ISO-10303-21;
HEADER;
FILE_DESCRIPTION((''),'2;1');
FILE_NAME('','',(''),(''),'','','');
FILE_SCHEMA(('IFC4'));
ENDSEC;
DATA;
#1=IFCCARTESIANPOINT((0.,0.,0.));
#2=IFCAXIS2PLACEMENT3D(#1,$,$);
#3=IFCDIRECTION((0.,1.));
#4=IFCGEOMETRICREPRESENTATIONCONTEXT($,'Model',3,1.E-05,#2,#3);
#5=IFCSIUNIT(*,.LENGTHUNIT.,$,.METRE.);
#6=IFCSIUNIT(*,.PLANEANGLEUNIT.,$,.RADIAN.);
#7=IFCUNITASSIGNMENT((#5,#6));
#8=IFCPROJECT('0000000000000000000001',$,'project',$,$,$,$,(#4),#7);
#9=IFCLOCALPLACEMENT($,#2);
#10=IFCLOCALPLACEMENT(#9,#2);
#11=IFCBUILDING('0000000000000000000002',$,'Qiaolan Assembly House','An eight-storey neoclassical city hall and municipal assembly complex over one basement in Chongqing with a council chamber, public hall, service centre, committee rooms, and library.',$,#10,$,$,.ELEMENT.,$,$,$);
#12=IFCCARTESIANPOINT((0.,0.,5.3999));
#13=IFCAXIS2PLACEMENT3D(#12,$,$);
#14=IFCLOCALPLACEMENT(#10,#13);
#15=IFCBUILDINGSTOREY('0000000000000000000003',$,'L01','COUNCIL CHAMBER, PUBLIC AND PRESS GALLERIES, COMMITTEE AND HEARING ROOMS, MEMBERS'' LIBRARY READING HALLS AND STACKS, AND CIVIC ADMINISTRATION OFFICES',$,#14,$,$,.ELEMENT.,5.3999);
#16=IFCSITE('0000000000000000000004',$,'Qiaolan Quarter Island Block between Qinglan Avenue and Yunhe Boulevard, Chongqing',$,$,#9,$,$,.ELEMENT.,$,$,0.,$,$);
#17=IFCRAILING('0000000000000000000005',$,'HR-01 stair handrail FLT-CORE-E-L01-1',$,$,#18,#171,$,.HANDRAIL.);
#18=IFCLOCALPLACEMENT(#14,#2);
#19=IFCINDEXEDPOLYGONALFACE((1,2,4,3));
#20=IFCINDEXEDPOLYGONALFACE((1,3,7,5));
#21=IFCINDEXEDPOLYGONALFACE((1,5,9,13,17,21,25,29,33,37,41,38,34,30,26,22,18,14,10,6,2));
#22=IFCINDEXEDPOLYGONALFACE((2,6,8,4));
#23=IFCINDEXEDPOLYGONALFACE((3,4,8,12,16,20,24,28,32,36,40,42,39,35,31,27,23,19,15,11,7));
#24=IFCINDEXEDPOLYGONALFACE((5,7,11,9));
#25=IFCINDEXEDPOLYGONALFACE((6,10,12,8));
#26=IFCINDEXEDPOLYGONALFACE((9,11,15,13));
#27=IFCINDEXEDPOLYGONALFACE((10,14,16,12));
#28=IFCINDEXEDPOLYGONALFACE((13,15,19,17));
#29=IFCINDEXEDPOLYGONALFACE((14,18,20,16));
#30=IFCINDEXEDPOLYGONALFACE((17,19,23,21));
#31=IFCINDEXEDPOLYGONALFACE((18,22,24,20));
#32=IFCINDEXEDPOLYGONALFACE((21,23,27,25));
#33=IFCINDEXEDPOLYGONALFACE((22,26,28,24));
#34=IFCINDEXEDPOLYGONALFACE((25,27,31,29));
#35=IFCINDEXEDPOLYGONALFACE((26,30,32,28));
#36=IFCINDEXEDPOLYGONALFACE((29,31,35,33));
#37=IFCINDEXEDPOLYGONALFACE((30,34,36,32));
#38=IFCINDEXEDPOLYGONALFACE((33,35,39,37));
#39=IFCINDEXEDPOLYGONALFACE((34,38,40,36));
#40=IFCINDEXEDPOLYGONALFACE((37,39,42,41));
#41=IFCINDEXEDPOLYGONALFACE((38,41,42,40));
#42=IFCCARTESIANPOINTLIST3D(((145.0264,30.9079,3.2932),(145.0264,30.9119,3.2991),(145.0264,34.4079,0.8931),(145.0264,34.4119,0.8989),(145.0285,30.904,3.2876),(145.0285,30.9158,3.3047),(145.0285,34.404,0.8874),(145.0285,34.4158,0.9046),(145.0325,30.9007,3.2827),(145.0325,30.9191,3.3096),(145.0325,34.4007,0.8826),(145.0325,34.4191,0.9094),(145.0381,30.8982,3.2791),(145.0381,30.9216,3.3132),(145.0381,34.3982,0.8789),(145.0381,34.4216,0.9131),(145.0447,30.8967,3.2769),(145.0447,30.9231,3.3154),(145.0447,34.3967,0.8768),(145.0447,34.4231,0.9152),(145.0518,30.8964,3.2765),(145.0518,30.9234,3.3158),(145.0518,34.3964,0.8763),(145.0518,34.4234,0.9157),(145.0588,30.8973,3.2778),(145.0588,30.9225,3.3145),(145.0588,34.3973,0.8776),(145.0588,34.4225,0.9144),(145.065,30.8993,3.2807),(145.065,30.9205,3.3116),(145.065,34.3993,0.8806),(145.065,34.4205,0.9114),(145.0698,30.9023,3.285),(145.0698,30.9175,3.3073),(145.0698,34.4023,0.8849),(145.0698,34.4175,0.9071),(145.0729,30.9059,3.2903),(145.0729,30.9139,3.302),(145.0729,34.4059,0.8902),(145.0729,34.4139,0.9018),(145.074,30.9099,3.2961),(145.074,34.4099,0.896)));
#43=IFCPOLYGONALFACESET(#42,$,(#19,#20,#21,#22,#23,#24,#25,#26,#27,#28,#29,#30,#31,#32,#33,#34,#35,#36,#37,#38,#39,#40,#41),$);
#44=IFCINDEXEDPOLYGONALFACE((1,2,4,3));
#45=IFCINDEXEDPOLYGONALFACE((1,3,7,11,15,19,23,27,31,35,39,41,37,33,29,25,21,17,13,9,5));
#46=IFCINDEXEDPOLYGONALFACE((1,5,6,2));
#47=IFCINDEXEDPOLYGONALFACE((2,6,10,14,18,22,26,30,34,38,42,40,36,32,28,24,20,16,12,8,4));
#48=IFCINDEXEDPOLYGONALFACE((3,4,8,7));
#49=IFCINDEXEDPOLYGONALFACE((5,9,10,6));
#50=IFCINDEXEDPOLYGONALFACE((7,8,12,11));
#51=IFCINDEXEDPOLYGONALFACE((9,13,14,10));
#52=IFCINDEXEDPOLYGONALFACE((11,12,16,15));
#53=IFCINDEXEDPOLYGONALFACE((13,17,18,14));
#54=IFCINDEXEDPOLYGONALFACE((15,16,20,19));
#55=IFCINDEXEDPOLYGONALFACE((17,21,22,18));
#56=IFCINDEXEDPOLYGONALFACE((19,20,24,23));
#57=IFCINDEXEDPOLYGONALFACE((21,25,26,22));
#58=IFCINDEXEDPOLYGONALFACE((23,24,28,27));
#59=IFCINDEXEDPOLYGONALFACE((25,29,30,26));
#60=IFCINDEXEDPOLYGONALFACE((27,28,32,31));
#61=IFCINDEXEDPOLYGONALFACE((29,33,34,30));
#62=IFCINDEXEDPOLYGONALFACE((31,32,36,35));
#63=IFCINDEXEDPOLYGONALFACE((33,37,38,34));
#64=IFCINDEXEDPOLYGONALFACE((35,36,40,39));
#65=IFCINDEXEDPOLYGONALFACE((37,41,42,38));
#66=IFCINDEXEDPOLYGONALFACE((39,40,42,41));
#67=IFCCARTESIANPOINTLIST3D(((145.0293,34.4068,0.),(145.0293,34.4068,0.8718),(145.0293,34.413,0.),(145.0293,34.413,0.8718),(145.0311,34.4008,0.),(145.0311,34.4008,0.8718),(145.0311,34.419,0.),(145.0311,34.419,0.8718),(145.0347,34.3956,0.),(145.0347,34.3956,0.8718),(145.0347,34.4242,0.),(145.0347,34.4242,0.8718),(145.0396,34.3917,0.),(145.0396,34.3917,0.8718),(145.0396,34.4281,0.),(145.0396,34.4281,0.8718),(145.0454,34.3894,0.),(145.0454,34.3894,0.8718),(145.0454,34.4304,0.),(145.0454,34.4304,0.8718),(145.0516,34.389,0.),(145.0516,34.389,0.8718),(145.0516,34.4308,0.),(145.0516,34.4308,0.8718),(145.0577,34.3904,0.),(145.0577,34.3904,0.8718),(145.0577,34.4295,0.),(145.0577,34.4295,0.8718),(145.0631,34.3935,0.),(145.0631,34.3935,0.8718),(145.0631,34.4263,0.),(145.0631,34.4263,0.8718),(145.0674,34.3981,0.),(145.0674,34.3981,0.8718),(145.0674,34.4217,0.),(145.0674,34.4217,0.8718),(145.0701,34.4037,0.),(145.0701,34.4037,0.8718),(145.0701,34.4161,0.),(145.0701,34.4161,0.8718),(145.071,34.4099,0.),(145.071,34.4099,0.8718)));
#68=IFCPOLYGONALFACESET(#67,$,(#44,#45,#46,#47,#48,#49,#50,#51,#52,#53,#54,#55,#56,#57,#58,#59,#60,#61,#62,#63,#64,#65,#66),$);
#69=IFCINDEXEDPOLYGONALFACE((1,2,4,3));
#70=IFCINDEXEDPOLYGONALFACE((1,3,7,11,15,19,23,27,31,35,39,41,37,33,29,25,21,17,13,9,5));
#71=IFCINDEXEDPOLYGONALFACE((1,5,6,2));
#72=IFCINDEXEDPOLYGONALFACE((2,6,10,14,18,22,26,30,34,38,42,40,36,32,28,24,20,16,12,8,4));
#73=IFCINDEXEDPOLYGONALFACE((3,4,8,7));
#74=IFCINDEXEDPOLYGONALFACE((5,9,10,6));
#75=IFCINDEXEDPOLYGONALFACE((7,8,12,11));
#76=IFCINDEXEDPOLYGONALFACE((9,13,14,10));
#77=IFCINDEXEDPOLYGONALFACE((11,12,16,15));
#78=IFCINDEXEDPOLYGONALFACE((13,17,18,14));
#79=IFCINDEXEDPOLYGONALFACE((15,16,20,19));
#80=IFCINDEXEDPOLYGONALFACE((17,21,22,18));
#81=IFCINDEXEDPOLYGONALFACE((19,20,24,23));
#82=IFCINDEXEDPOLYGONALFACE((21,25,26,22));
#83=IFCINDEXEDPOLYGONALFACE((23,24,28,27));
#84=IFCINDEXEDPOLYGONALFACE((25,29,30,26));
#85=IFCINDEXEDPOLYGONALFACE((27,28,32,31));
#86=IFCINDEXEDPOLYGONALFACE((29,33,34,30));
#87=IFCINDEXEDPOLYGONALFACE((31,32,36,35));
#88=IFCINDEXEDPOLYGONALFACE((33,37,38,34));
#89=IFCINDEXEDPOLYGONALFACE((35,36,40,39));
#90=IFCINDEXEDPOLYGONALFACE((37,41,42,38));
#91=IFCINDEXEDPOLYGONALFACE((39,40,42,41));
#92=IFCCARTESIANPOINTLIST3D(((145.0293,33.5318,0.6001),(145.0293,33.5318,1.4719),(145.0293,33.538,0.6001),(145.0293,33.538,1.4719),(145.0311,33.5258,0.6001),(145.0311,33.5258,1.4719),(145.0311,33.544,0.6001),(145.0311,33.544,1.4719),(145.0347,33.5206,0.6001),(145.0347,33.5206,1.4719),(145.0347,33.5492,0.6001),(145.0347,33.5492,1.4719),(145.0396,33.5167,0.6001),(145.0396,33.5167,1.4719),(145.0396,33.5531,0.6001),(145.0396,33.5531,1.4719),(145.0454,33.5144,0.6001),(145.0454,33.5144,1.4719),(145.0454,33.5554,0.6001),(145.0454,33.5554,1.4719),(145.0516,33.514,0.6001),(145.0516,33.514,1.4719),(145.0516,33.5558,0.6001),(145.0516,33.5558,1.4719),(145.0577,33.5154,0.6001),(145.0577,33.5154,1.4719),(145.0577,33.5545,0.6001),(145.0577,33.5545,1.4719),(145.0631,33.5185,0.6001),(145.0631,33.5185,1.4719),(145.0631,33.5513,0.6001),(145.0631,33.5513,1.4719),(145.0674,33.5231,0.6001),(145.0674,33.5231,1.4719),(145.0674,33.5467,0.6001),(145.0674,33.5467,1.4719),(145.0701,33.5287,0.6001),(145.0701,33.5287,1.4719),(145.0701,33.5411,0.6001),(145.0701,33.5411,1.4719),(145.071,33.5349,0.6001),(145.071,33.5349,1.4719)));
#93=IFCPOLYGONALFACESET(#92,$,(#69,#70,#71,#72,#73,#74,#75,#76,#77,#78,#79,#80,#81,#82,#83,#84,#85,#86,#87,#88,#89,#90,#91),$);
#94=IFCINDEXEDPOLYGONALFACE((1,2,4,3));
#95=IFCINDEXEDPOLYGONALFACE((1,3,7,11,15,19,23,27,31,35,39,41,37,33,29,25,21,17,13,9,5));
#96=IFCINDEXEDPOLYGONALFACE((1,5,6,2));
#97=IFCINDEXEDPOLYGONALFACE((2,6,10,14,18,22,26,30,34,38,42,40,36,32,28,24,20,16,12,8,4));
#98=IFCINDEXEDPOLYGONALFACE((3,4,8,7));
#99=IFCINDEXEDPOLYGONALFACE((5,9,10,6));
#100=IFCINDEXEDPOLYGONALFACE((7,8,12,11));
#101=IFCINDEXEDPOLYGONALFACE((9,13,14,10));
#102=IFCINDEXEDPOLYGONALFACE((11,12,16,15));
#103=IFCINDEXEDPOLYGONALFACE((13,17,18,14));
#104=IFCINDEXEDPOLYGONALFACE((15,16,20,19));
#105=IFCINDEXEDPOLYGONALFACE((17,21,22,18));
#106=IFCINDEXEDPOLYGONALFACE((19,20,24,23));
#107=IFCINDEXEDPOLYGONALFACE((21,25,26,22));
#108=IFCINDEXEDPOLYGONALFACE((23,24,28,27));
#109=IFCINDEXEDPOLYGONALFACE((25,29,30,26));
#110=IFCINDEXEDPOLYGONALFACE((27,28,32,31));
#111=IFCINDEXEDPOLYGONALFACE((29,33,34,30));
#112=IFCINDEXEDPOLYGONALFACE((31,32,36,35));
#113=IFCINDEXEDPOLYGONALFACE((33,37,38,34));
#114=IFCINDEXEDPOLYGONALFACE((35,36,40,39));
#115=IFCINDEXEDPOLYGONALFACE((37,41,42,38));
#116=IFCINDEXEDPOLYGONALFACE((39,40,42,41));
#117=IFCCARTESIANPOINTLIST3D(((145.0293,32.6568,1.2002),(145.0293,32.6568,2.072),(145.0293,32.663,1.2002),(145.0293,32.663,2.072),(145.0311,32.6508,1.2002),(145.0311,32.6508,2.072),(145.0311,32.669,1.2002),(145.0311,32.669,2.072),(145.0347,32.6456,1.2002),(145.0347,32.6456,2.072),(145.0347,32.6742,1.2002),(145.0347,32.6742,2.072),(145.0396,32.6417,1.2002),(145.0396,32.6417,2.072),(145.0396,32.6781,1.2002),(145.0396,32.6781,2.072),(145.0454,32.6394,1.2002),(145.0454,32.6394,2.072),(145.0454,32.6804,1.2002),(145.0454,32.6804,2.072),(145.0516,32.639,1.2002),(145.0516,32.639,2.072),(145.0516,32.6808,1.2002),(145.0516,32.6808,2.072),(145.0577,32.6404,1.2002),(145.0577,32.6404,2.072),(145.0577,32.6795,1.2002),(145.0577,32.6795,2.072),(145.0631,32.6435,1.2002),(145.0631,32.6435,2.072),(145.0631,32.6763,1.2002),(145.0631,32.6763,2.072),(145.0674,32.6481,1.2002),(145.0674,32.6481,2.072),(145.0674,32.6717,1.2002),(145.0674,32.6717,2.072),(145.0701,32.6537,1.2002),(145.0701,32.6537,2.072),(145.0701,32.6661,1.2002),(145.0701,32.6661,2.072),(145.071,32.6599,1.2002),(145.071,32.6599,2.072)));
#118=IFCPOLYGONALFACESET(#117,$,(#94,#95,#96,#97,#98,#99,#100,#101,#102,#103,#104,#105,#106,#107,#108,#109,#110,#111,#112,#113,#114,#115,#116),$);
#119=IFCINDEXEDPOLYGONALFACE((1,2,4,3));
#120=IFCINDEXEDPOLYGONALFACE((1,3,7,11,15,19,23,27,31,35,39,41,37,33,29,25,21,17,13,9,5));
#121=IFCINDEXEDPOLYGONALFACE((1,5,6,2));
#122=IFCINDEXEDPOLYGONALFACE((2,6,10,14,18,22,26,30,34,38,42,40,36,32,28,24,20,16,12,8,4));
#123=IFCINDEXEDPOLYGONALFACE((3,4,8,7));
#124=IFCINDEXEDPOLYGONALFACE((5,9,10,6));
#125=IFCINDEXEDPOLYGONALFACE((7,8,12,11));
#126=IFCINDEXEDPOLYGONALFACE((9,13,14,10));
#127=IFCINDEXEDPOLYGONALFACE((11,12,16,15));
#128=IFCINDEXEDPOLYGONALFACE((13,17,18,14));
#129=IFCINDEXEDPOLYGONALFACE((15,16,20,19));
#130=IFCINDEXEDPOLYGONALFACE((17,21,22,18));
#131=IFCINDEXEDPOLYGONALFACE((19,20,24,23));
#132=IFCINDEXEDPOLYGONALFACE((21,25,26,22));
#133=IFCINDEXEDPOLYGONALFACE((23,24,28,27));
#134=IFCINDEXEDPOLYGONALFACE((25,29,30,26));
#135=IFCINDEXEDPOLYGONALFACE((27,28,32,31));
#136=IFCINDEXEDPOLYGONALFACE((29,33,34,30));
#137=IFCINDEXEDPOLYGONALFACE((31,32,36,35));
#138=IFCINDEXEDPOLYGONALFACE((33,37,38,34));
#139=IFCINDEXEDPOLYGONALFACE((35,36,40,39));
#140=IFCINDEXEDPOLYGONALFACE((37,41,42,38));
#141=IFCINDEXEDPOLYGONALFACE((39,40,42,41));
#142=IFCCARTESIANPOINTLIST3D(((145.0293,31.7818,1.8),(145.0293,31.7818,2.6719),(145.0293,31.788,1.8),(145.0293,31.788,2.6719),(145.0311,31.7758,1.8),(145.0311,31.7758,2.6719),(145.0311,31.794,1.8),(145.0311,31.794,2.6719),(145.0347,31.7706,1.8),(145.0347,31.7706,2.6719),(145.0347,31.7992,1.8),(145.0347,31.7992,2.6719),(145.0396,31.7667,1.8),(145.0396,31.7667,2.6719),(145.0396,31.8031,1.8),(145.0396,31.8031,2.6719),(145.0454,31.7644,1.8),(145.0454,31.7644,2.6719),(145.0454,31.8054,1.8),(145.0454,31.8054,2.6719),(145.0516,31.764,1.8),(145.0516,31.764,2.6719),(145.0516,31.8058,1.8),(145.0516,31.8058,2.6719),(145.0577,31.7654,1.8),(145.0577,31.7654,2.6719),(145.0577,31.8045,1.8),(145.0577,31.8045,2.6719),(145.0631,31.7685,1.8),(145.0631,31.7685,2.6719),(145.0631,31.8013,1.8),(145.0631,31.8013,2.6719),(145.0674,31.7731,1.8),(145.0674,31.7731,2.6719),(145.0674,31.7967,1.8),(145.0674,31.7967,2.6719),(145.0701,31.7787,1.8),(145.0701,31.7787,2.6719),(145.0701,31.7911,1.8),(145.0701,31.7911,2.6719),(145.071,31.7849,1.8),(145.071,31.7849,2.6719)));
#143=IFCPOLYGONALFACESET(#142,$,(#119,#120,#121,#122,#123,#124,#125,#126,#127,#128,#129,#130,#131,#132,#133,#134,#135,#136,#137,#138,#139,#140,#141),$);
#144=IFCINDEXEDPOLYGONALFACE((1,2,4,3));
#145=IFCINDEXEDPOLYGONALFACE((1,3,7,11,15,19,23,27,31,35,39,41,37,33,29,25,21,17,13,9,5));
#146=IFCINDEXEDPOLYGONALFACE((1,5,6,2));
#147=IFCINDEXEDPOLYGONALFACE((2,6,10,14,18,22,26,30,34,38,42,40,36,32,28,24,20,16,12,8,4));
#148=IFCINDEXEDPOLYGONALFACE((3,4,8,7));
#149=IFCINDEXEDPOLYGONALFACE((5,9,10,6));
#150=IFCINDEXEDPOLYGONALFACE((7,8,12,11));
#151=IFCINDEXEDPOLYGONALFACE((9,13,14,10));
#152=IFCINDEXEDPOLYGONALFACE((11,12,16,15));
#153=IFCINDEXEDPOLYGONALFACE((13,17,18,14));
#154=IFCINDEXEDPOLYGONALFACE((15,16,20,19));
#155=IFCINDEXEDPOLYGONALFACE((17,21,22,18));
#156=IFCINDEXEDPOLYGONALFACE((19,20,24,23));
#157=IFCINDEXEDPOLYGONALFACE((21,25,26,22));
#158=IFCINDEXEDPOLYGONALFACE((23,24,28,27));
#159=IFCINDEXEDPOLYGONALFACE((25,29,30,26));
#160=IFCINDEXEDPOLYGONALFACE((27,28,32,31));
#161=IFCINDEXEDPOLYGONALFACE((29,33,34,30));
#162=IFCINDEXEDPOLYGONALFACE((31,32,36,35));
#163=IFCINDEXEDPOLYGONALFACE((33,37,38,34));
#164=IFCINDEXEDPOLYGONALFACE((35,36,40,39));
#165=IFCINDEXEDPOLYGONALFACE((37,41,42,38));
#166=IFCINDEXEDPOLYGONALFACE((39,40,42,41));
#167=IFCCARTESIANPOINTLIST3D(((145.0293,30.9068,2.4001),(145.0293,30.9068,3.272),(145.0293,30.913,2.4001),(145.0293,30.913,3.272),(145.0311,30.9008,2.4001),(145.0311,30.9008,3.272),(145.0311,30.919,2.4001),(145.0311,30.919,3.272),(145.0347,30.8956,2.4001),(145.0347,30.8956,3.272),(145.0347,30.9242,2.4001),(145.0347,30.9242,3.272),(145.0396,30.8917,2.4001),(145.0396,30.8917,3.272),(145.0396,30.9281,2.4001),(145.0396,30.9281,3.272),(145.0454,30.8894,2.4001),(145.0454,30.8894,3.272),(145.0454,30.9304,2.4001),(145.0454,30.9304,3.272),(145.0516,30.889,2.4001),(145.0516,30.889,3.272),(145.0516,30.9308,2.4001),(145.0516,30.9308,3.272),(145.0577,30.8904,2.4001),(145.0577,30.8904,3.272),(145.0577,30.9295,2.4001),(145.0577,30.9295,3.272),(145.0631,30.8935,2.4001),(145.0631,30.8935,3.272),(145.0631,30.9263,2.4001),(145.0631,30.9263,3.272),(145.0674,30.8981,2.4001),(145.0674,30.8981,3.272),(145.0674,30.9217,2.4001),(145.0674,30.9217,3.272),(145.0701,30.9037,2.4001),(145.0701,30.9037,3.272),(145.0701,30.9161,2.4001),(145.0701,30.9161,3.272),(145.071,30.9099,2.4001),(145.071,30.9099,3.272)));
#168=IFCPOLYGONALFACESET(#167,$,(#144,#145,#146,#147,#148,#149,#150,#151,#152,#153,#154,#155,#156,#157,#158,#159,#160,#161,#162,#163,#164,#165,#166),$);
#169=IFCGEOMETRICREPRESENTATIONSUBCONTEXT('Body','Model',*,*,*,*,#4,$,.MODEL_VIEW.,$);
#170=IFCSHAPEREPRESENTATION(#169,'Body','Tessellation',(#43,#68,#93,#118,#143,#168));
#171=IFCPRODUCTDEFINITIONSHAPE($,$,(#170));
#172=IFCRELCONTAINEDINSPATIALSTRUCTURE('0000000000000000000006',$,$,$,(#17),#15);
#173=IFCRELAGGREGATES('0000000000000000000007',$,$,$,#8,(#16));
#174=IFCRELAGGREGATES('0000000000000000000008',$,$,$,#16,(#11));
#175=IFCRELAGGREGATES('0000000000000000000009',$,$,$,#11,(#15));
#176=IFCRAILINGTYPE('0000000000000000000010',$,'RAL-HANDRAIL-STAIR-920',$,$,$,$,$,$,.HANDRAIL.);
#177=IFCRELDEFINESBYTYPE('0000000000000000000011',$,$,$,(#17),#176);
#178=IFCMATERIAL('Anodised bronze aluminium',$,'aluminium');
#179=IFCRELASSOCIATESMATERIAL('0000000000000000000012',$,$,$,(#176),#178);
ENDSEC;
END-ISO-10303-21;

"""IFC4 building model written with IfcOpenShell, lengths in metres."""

from ifc_helpers import new_model, si_unit, direction, frame, origin, origin_2d, place, context, subcontext, project, spatial, circle, extrude, material, type_object, element, save


model = new_model("IFC4")

# Units and contexts
model_context = context("Model", 3, precision=1e-05, world=origin(), true_north=direction((0.0, 1.0)))
body_context = subcontext(model_context, "Body", "Model", "MODEL_VIEW")
ifc_project = project(units=[si_unit("LENGTHUNIT", "METRE"), si_unit("PLANEANGLEUNIT", "RADIAN")], contexts=[model_context])

# Site, building, storey
site_placement = place(None, origin())
site = spatial("IfcSite", under=ifc_project, at=site_placement, Name="Qiaolan Quarter Island Block between Qinglan Avenue and Yunhe Boulevard, Chongqing", CompositionType="ELEMENT", RefElevation=0.0)
building_placement = place(site_placement, origin())
building = spatial("IfcBuilding", under=site, at=building_placement, Name="Qiaolan Assembly House", Description="An eight-storey neoclassical city hall and municipal assembly complex over one basement in Chongqing with a council chamber, public hall, service centre, committee rooms, and library.", CompositionType="ELEMENT")
storey_placement = place(building_placement, frame((0.0, 0.0, 5.3999)))
storey = spatial("IfcBuildingStorey", under=building, at=storey_placement, Name="L01", Description="COUNCIL CHAMBER, PUBLIC AND PRESS GALLERIES, COMMITTEE AND HEARING ROOMS, MEMBERS' LIBRARY READING HALLS AND STACKS, AND CIVIC ADMINISTRATION OFFICES", CompositionType="ELEMENT", Elevation=5.3999)

# Shared definitions
ifc_material_1 = material(Name="Anodised bronze aluminium", Category="aluminium")

# Railing
railing_type_1 = type_object("IfcRailingType", Name="RAL-HANDRAIL-STAIR-920", PredefinedType="HANDRAIL", material=ifc_material_1)
railing_1_placement = place(storey_placement, frame((145.05, 34.4099, 0.0)))
element("IfcRailing", 1, at=railing_1_placement, inside=storey, type_object=railing_type_1, Name="HR-01 stair handrail FLT-CORE-E-L01-1", PredefinedType="HANDRAIL", context=body_context, shape_type="SweptSolid", body=[
    extrude(circle(Radius=0.0239, at=origin_2d()), frame((0.0, 0.0, 0.896), z_axis=(0.0, -0.824713, 0.565552), x_axis=(1.0, 0.0, 0.0)), (0.0, 0.0, 1.0), 4.2439),
    extrude(circle(Radius=0.021, at=origin_2d()), origin(), (0.0, 0.0, 1.0), 0.8718),
    extrude(circle(Radius=0.021, at=origin_2d()), frame((0.0, -0.875, 0.6001)), (0.0, 0.0, 1.0), 0.8718),
    extrude(circle(Radius=0.021, at=origin_2d()), frame((0.0, -1.75, 1.2002)), (0.0, 0.0, 1.0), 0.8718),
    extrude(circle(Radius=0.021, at=origin_2d()), frame((0.0, -2.625, 1.8)), (0.0, 0.0, 1.0), 0.8718),
    extrude(circle(Radius=0.021, at=origin_2d()), frame((0.0, -3.5, 2.4001)), (0.0, 0.0, 1.0), 0.8718),
])

save(model, "model.ifc")
